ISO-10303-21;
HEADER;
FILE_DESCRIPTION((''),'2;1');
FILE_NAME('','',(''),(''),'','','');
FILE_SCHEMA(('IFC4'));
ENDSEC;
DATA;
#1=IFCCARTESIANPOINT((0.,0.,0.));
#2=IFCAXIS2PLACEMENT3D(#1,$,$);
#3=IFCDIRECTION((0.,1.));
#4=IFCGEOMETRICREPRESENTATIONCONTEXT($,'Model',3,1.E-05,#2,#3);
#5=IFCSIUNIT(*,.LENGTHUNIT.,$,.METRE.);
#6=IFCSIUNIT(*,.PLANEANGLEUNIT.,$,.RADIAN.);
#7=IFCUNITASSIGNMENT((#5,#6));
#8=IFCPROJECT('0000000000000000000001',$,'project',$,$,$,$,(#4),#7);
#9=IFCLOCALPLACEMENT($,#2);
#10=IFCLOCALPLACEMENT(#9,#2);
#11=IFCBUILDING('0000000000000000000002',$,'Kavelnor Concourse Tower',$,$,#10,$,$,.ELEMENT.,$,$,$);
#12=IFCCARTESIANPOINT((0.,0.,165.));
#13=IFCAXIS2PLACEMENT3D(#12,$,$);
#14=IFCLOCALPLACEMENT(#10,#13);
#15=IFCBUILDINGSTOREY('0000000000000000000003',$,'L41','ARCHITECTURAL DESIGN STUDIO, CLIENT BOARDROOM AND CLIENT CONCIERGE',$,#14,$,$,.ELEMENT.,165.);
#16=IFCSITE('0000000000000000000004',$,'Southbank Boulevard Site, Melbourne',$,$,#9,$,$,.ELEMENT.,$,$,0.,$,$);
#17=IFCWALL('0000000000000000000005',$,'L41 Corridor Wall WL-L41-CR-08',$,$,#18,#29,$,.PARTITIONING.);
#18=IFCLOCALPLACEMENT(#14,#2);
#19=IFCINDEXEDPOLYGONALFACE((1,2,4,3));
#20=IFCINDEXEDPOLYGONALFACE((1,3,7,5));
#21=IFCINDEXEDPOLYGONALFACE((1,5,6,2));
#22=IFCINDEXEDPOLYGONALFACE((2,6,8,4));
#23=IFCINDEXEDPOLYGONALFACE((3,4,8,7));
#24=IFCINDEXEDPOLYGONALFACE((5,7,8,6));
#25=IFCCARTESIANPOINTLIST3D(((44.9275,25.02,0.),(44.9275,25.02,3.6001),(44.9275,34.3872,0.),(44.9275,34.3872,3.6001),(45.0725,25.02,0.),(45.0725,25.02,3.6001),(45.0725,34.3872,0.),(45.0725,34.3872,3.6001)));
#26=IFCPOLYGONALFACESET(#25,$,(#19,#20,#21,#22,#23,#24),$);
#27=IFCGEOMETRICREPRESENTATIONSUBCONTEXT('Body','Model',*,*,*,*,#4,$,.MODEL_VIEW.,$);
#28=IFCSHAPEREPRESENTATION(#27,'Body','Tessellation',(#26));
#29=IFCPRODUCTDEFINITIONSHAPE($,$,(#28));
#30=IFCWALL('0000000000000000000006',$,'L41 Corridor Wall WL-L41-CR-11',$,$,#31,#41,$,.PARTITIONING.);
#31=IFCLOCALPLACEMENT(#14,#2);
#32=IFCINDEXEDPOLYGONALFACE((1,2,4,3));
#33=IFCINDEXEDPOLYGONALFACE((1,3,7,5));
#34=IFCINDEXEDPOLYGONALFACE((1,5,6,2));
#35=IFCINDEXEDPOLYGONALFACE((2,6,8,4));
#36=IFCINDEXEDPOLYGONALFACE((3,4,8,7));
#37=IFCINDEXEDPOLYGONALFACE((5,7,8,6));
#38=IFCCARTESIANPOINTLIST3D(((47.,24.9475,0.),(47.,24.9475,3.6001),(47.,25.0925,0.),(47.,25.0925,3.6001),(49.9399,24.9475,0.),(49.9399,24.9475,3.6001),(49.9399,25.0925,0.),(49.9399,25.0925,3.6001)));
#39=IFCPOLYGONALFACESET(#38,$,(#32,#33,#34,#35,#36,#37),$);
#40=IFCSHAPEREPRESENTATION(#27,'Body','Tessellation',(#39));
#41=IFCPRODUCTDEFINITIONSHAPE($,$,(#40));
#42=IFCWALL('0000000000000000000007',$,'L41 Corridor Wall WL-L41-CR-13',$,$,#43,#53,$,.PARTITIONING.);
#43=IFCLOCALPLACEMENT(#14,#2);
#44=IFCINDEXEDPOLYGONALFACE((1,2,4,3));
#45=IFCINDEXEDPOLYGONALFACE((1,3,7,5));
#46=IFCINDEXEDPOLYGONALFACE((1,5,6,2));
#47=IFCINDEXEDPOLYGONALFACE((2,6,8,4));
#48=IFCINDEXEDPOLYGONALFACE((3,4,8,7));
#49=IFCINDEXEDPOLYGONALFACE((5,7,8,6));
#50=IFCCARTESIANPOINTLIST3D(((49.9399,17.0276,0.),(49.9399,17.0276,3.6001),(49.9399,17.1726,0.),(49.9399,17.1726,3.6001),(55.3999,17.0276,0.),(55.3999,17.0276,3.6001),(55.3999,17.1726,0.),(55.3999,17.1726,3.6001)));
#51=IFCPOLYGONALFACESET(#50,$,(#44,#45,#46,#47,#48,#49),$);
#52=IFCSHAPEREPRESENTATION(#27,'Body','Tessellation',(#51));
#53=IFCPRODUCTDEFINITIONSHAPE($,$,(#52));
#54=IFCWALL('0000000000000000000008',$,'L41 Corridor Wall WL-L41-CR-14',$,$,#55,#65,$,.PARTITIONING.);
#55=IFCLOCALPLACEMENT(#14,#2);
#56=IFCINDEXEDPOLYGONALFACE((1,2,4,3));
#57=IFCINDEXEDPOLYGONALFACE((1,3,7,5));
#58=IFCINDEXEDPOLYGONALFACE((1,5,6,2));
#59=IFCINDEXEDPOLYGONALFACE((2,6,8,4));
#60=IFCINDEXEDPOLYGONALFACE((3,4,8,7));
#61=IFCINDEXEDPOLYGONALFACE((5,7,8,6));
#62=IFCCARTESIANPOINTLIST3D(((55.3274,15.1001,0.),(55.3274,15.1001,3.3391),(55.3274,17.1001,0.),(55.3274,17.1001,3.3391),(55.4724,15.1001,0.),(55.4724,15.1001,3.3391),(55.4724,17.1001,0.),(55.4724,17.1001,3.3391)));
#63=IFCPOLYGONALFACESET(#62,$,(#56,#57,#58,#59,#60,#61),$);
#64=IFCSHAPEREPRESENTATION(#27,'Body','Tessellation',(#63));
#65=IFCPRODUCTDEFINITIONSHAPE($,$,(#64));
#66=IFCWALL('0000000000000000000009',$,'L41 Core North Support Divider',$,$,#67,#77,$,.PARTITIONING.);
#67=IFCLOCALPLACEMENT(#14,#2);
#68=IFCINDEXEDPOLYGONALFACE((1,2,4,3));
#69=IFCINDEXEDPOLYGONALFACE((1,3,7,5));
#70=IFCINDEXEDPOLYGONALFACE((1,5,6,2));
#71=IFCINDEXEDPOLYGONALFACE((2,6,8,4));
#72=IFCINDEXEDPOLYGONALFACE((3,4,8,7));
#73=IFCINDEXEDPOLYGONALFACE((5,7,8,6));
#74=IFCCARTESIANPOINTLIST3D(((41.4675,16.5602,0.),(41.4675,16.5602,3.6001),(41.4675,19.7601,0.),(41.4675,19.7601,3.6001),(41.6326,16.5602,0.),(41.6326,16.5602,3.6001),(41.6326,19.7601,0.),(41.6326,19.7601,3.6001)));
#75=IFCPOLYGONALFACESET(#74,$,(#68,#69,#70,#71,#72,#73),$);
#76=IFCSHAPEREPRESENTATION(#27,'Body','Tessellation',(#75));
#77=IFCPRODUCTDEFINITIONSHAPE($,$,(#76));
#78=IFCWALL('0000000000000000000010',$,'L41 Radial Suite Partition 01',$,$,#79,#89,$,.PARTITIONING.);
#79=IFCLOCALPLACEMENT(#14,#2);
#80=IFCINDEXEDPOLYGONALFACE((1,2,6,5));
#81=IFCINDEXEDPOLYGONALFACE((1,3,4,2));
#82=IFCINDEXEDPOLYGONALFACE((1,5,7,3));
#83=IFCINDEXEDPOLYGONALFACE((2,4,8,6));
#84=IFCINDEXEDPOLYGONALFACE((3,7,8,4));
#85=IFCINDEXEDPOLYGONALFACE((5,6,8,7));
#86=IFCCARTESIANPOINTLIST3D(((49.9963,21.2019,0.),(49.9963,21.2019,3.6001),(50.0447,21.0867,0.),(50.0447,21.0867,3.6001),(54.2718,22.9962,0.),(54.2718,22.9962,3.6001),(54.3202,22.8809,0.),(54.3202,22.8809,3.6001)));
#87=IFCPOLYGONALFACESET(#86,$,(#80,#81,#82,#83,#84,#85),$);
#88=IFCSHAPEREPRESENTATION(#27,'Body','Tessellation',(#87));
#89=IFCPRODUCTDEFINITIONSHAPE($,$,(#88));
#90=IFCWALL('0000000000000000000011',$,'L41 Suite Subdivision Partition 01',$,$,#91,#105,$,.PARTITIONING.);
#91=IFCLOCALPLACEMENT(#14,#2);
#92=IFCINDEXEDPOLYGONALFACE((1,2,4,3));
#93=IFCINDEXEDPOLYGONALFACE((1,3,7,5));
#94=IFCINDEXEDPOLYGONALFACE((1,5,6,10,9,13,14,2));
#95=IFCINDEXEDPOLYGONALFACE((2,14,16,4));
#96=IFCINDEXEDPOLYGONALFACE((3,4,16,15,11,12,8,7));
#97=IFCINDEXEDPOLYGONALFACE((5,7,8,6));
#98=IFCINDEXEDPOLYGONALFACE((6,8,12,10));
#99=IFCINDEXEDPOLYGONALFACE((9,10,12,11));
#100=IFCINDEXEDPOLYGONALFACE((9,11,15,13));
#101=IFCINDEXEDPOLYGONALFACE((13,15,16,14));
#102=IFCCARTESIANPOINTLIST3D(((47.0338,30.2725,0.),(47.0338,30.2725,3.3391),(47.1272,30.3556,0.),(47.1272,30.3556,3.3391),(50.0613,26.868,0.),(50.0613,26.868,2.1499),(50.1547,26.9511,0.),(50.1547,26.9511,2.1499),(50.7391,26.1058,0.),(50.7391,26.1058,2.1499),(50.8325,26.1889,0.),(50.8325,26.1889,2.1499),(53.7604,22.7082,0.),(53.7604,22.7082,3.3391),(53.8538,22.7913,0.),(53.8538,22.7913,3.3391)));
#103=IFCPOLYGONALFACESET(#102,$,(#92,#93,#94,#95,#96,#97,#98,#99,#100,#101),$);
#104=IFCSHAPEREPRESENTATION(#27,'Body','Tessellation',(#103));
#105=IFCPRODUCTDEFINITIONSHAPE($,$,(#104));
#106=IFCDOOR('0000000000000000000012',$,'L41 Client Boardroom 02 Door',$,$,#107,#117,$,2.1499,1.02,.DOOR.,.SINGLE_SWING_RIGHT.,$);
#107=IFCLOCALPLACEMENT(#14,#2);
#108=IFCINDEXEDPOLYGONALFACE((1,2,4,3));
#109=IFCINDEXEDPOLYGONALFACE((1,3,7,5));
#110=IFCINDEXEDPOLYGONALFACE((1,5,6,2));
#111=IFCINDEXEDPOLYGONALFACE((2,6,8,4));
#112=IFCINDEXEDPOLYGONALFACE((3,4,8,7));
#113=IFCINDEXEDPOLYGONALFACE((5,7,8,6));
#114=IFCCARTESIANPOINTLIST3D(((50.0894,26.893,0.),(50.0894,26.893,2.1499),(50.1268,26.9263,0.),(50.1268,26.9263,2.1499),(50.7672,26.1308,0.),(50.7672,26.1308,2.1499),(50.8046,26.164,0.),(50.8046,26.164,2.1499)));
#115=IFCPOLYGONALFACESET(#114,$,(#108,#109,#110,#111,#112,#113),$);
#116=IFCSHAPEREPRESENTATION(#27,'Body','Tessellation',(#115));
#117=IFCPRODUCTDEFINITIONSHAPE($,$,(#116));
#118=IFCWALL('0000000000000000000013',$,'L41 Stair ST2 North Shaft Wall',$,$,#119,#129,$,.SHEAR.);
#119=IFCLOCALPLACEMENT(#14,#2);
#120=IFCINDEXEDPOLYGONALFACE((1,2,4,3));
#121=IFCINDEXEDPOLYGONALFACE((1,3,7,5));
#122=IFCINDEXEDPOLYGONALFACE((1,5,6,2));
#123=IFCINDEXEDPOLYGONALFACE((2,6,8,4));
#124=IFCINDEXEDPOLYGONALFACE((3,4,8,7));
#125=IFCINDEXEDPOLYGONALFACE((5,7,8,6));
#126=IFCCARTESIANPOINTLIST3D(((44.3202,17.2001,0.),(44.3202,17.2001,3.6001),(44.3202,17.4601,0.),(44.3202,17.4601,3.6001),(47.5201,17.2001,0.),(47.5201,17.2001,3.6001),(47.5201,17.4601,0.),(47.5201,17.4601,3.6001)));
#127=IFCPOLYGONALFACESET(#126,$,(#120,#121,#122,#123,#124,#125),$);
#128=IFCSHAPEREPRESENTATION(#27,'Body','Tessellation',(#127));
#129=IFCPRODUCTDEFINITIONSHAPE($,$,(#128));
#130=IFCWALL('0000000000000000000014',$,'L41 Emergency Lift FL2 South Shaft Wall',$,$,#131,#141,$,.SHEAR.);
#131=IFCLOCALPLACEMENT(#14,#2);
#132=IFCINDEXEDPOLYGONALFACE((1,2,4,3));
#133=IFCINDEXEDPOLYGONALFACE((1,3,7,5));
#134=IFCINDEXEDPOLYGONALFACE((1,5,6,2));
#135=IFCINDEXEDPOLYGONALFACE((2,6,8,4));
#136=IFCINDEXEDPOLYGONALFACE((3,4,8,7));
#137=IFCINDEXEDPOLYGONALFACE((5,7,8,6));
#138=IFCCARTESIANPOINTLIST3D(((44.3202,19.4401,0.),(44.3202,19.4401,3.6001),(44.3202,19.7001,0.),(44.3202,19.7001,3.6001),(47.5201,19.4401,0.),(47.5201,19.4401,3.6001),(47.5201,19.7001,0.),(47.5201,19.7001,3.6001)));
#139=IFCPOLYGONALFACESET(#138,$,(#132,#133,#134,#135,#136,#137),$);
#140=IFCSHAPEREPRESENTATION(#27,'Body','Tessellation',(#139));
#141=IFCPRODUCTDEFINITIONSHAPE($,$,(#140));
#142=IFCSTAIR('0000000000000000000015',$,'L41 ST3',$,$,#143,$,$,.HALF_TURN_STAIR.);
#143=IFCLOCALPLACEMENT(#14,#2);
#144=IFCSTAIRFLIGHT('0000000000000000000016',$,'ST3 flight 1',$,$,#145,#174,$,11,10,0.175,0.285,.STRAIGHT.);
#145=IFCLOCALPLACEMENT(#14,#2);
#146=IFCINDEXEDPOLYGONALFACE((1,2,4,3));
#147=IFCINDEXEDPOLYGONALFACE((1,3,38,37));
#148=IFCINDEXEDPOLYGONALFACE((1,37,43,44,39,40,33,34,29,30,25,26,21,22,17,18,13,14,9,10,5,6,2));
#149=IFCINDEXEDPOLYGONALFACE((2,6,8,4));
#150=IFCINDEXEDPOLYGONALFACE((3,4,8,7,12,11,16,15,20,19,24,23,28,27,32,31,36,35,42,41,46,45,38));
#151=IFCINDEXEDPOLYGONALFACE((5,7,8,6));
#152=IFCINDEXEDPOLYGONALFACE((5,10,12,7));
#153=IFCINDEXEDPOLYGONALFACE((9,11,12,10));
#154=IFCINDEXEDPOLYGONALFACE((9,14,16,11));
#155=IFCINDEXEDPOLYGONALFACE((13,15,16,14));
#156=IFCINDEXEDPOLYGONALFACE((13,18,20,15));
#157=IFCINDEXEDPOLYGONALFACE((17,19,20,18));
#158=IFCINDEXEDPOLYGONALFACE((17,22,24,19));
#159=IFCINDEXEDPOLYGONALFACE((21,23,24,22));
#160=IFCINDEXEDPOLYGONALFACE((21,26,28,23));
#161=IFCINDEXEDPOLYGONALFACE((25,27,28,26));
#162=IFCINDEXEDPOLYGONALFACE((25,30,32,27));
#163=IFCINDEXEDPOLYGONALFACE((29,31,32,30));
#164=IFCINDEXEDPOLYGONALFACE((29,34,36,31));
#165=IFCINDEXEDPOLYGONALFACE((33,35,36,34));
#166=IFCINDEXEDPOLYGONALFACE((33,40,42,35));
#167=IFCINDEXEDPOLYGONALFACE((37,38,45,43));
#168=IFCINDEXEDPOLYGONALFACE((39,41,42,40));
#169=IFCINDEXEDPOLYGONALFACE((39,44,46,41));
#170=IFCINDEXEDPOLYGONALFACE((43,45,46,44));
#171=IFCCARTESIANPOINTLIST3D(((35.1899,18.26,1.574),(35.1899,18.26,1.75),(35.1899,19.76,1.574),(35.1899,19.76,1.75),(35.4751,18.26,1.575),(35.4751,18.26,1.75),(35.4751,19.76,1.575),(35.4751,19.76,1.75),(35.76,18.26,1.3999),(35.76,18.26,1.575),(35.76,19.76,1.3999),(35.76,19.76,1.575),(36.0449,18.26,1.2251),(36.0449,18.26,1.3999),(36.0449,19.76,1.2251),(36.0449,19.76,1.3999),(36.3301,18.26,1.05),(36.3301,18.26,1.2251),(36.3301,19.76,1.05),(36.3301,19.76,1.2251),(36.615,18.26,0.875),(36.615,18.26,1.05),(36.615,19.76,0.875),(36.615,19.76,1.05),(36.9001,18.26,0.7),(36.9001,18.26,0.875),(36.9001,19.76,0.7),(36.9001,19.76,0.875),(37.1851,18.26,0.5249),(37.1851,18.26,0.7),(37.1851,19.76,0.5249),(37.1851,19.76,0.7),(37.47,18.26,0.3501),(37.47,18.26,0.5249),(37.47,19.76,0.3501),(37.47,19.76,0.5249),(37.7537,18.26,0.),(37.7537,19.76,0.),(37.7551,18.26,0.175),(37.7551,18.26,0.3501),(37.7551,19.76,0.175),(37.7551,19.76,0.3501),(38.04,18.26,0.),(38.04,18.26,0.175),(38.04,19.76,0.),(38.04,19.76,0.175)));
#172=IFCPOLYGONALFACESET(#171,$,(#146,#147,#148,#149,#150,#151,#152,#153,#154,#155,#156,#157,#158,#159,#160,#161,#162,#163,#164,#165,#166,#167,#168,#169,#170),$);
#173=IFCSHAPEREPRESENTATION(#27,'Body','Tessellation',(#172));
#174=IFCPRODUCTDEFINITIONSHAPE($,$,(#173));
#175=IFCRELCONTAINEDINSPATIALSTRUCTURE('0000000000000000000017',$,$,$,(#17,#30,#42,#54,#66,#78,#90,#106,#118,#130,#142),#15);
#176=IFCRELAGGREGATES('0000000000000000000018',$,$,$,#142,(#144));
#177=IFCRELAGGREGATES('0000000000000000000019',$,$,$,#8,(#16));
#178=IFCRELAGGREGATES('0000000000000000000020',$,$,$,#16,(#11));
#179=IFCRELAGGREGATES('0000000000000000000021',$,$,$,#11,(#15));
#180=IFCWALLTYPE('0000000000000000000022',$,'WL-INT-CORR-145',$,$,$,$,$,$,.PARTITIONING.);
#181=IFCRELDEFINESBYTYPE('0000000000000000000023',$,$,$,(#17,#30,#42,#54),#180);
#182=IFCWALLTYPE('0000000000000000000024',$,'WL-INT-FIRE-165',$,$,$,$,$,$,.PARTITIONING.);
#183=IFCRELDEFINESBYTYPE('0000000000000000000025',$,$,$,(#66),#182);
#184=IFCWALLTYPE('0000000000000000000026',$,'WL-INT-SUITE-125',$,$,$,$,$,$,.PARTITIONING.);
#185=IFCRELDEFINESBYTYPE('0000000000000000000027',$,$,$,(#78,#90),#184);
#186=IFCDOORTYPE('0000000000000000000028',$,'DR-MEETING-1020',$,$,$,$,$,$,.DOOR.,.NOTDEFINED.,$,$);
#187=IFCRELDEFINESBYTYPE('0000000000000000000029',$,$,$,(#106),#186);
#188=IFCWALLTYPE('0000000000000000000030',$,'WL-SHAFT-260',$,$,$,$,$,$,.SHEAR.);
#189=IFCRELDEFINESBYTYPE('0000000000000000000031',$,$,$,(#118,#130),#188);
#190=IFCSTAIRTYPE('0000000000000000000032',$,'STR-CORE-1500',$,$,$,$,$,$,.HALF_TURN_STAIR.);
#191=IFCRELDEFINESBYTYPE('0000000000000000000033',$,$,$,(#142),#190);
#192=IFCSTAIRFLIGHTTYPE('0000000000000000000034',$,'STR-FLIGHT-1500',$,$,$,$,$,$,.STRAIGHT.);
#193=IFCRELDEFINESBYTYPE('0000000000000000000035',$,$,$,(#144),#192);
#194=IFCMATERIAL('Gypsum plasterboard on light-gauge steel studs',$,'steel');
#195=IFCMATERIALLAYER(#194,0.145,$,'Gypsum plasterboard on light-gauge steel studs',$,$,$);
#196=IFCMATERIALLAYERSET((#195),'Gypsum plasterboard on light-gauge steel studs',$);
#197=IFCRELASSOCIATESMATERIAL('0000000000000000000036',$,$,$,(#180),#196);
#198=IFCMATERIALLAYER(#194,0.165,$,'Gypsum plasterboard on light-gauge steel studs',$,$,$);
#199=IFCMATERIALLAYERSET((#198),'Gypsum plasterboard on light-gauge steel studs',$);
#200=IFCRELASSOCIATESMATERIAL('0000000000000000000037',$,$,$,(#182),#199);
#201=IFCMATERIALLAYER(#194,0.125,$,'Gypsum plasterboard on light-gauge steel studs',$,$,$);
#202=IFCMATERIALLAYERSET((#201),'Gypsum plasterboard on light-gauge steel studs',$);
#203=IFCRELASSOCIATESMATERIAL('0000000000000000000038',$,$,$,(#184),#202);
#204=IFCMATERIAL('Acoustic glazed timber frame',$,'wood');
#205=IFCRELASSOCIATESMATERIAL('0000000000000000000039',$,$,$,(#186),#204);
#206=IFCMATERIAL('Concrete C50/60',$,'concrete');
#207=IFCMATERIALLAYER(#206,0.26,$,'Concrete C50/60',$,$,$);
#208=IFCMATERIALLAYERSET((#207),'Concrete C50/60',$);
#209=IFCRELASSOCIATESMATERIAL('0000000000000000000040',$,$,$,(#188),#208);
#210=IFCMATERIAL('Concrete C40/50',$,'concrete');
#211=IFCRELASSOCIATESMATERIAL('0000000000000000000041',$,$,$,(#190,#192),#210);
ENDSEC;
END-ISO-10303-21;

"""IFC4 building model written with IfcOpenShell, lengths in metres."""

from ifc_helpers import new_model, si_unit, direction, frame, frame_2d, origin, place, context, subcontext, project, spatial, polyline, rectangle, outline, extrude, material, layer, layer_set, type_object, element, fill, aggregate, save


model = new_model("IFC4")

# Units and contexts
model_context = context("Model", 3, precision=1e-05, world=origin(), true_north=direction((0.0, 1.0)))
body_context = subcontext(model_context, "Body", "Model", "MODEL_VIEW")
ifc_project = project(units=[si_unit("LENGTHUNIT", "METRE"), si_unit("PLANEANGLEUNIT", "RADIAN")], contexts=[model_context])

# Site, building, storey
site_placement = place(None, origin())
site = spatial("IfcSite", under=ifc_project, at=site_placement, Name="Southbank Boulevard Site, Melbourne", CompositionType="ELEMENT", RefElevation=0.0)
building_placement = place(site_placement, origin())
building = spatial("IfcBuilding", under=site, at=building_placement, Name="Kavelnor Concourse Tower", CompositionType="ELEMENT")
storey_placement = place(building_placement, frame((0.0, 0.0, 165.0)))
storey = spatial("IfcBuildingStorey", under=building, at=storey_placement, Name="L41", Description="ARCHITECTURAL DESIGN STUDIO, CLIENT BOARDROOM AND CLIENT CONCIERGE", CompositionType="ELEMENT", Elevation=165.0)

# Walls
ifc_material_1 = material(Name="Gypsum plasterboard on light-gauge steel studs", Category="steel")
ifc_layer_1 = layer(ifc_material_1, 0.145, Name="Gypsum plasterboard on light-gauge steel studs")
ifc_layer_set_1 = layer_set([ifc_layer_1], Name="Gypsum plasterboard on light-gauge steel studs")
wall_type_1 = type_object("IfcWallType", Name="WL-INT-CORR-145", PredefinedType="PARTITIONING", material=ifc_layer_set_1)
wall_1_placement = place(storey_placement, frame((45.0, 25.02, 0.0), z_axis=(0.0, 0.0, 1.0), x_axis=(0.0, 1.0, 0.0)))
element("IfcWall", 1, at=wall_1_placement, inside=storey, type_object=wall_type_1, Name="L41 Corridor Wall WL-L41-CR-08", PredefinedType="PARTITIONING", context=body_context, shape_type="SweptSolid", body=[
    extrude(rectangle(XDim=9.3672, YDim=0.145, at=frame_2d((4.6836, 0.0))), origin(), (0.0, 0.0, 1.0), 3.6001),
])
wall_2_placement = place(storey_placement, frame((47.0, 25.02, 0.0), z_axis=(0.0, 0.0, 1.0), x_axis=(1.0, 0.0, 0.0)))
element("IfcWall", 2, at=wall_2_placement, inside=storey, type_object=wall_type_1, Name="L41 Corridor Wall WL-L41-CR-11", PredefinedType="PARTITIONING", context=body_context, shape_type="SweptSolid", body=[
    extrude(rectangle(XDim=2.9399, YDim=0.145, at=frame_2d((1.47, 0.0))), origin(), (0.0, 0.0, 1.0), 3.6001),
])
wall_3_placement = place(storey_placement, frame((49.9399, 17.1001, 0.0), z_axis=(0.0, 0.0, 1.0), x_axis=(1.0, 0.0, 0.0)))
element("IfcWall", 3, at=wall_3_placement, inside=storey, type_object=wall_type_1, Name="L41 Corridor Wall WL-L41-CR-13", PredefinedType="PARTITIONING", context=body_context, shape_type="SweptSolid", body=[
    extrude(rectangle(XDim=5.46, YDim=0.145, at=frame_2d((2.73, 0.0))), origin(), (0.0, 0.0, 1.0), 3.6001),
])
wall_4_placement = place(storey_placement, frame((55.3999, 17.1001, 0.0), z_axis=(0.0, 0.0, 1.0), x_axis=(0.0, -1.0, 0.0)))
element("IfcWall", 4, at=wall_4_placement, inside=storey, type_object=wall_type_1, Name="L41 Corridor Wall WL-L41-CR-14", PredefinedType="PARTITIONING", context=body_context, shape_type="SweptSolid", body=[
    extrude(rectangle(XDim=2.0, YDim=0.145, at=frame_2d((1.0, 0.0))), origin(), (0.0, 0.0, 1.0), 3.3391),
])
ifc_layer_2 = layer(ifc_material_1, 0.165, Name="Gypsum plasterboard on light-gauge steel studs")
ifc_layer_set_2 = layer_set([ifc_layer_2], Name="Gypsum plasterboard on light-gauge steel studs")
wall_type_2 = type_object("IfcWallType", Name="WL-INT-FIRE-165", PredefinedType="PARTITIONING", material=ifc_layer_set_2)
wall_5_placement = place(storey_placement, frame((41.55, 16.5601, 0.0), z_axis=(0.0, 0.0, 1.0), x_axis=(0.0, 1.0, 0.0)))
element("IfcWall", 5, at=wall_5_placement, inside=storey, type_object=wall_type_2, Name="L41 Core North Support Divider", PredefinedType="PARTITIONING", context=body_context, shape_type="SweptSolid", body=[
    extrude(rectangle(XDim=3.2, YDim=0.165, at=frame_2d((1.6001, 0.0))), origin(), (0.0, 0.0, 1.0), 3.6001),
])
ifc_layer_3 = layer(ifc_material_1, 0.125, Name="Gypsum plasterboard on light-gauge steel studs")
ifc_layer_set_3 = layer_set([ifc_layer_3], Name="Gypsum plasterboard on light-gauge steel studs")
wall_type_3 = type_object("IfcWallType", Name="WL-INT-SUITE-125", PredefinedType="PARTITIONING", material=ifc_layer_set_3)
wall_6_placement = place(storey_placement, frame((50.0205, 21.1443, 0.0), z_axis=(0.0, 0.0, 1.0), x_axis=(0.922096, 0.386962, 0.0)))
element("IfcWall", 6, at=wall_6_placement, inside=storey, type_object=wall_type_3, Name="L41 Radial Suite Partition 01", PredefinedType="PARTITIONING", context=body_context, shape_type="SweptSolid", body=[
    extrude(rectangle(XDim=4.6367, YDim=0.125, at=frame_2d((2.3184, 0.0))), origin(), (0.0, 0.0, 1.0), 3.6001),
])

# Wall, opening, door
wall_7_placement = place(storey_placement, frame((53.8071, 22.7498, 0.0), z_axis=(0.0, 0.0, 1.0), x_axis=(-0.66452, 0.747271, 0.0)))
wall_7 = element("IfcWall", 7, at=wall_7_placement, inside=storey, type_object=wall_type_3, Name="L41 Suite Subdivision Partition 01", PredefinedType="PARTITIONING", context=body_context, shape_type="SweptSolid", body=[
    extrude(rectangle(XDim=10.1226, YDim=0.125, at=frame_2d((5.0613, 0.0))), origin(), (0.0, 0.0, 1.0), 3.3391),
])
opening_placement = place(wall_7_placement, frame((4.5466, 0.0, 0.0)))
opening = element("IfcOpeningElement", 8, at=opening_placement, cuts=wall_7, PredefinedType="OPENING", context=body_context, shape_type="SweptSolid", body=[
    extrude(rectangle(XDim=1.02, YDim=2.1499, at=frame_2d((0.51, 1.075))), frame((0.0, 0.0725, 0.0), z_axis=(0.0, -1.0, 0.0), x_axis=(1.0, 0.0, 0.0)), (0.0, 0.0, 1.0), 0.145),
])
ifc_material_2 = material(Name="Acoustic glazed timber frame", Category="wood")
door_type = type_object("IfcDoorType", Name="DR-MEETING-1020", OperationType="NOTDEFINED", PredefinedType="DOOR", material=ifc_material_2)
door_placement = place(opening_placement, origin())
door = element("IfcDoor", 9, at=door_placement, inside=storey, type_object=door_type, Name="L41 Client Boardroom 02 Door", OperationType="SINGLE_SWING_RIGHT", OverallHeight=2.1499, OverallWidth=1.02, PredefinedType="DOOR", context=body_context, shape_type="SweptSolid", body=[
    extrude(rectangle(XDim=1.02, YDim=2.1499, at=frame_2d((0.51, 1.075))), frame((0.0, 0.0249, 0.0), z_axis=(0.0, -1.0, 0.0), x_axis=(1.0, 0.0, 0.0)), (0.0, 0.0, 1.0), 0.05),
])
fill(opening, door)

# Walls
ifc_material_3 = material(Name="Concrete C50/60", Category="concrete")
ifc_layer_4 = layer(ifc_material_3, 0.26, Name="Concrete C50/60")
ifc_layer_set_4 = layer_set([ifc_layer_4], Name="Concrete C50/60")
wall_type_4 = type_object("IfcWallType", Name="WL-SHAFT-260", PredefinedType="SHEAR", material=ifc_layer_set_4)
for number, where, z_axis, x_axis, name in (
    (10, (44.3201, 17.3301, 0.0), (0.0, 0.0, 1.0), (1.0, 0.0, 0.0), "L41 Stair ST2 North Shaft Wall"),
    (11, (44.3201, 19.5701, 0.0), (0.0, 0.0, 1.0), (1.0, 0.0, 0.0), "L41 Emergency Lift FL2 South Shaft Wall"),
):
    element("IfcWall", number, at=place(storey_placement, frame(where, z_axis=z_axis, x_axis=x_axis)), inside=storey, type_object=wall_type_4, Name=name, PredefinedType="SHEAR", context=body_context, shape_type="SweptSolid", body=[
        extrude(rectangle(XDim=3.2, YDim=0.26, at=frame_2d((1.6001, 0.0))), origin(), (0.0, 0.0, 1.0), 3.6001),
    ])

# Stair, stair flight
ifc_material_4 = material(Name="Concrete C40/50", Category="concrete")
stair_type = type_object("IfcStairType", Name="STR-CORE-1500", PredefinedType="HALF_TURN_STAIR", material=ifc_material_4)
stair_placement = place(storey_placement, origin())
stair = element("IfcStair", 12, at=stair_placement, inside=storey, type_object=stair_type, Name="L41 ST3", PredefinedType="HALF_TURN_STAIR")
stair_flight_type = type_object("IfcStairFlightType", Name="STR-FLIGHT-1500", PredefinedType="STRAIGHT", material=ifc_material_4)
stair_flight_placement = place(storey_placement, frame((38.04, 19.01, 0.0), z_axis=(0.0, 0.0, 1.0), x_axis=(-1.0, 0.0, 0.0)))
stair_flight = element("IfcStairFlight", 13, at=stair_flight_placement, type_object=stair_flight_type, Name="ST3 flight 1", NumberOfRisers=11, NumberOfTreads=10, PredefinedType="STRAIGHT", RiserHeight=0.175, TreadLength=0.285, context=body_context, shape_type="SweptSolid", body=[
    extrude(outline(polyline([(0.0, 0.0), (0.0, 0.175), (0.2849, 0.175), (0.2849, 0.3501), (0.5701, 0.3501), (0.5701, 0.5249), (0.855, 0.5249), (0.855, 0.7), (1.1399, 0.7), (1.1399, 0.875), (1.425, 0.875), (1.425, 1.05), (1.71, 1.05), (1.71, 1.2251), (1.9951, 1.2251), (1.9951, 1.3999), (2.28, 1.3999), (2.28, 1.575), (2.5649, 1.575), (2.5649, 1.75), (2.8501, 1.75), (2.8501, 1.925), (2.8501, 1.574), (0.2864, 0.0), (0.0, 0.0)])), frame((0.0, 0.75, 0.0), z_axis=(0.0, -1.0, 0.0), x_axis=(1.0, 0.0, 0.0)), (0.0, 0.0, 1.0), 1.5),
])
aggregate(stair, [stair_flight])

save(model, "model.ifc")
